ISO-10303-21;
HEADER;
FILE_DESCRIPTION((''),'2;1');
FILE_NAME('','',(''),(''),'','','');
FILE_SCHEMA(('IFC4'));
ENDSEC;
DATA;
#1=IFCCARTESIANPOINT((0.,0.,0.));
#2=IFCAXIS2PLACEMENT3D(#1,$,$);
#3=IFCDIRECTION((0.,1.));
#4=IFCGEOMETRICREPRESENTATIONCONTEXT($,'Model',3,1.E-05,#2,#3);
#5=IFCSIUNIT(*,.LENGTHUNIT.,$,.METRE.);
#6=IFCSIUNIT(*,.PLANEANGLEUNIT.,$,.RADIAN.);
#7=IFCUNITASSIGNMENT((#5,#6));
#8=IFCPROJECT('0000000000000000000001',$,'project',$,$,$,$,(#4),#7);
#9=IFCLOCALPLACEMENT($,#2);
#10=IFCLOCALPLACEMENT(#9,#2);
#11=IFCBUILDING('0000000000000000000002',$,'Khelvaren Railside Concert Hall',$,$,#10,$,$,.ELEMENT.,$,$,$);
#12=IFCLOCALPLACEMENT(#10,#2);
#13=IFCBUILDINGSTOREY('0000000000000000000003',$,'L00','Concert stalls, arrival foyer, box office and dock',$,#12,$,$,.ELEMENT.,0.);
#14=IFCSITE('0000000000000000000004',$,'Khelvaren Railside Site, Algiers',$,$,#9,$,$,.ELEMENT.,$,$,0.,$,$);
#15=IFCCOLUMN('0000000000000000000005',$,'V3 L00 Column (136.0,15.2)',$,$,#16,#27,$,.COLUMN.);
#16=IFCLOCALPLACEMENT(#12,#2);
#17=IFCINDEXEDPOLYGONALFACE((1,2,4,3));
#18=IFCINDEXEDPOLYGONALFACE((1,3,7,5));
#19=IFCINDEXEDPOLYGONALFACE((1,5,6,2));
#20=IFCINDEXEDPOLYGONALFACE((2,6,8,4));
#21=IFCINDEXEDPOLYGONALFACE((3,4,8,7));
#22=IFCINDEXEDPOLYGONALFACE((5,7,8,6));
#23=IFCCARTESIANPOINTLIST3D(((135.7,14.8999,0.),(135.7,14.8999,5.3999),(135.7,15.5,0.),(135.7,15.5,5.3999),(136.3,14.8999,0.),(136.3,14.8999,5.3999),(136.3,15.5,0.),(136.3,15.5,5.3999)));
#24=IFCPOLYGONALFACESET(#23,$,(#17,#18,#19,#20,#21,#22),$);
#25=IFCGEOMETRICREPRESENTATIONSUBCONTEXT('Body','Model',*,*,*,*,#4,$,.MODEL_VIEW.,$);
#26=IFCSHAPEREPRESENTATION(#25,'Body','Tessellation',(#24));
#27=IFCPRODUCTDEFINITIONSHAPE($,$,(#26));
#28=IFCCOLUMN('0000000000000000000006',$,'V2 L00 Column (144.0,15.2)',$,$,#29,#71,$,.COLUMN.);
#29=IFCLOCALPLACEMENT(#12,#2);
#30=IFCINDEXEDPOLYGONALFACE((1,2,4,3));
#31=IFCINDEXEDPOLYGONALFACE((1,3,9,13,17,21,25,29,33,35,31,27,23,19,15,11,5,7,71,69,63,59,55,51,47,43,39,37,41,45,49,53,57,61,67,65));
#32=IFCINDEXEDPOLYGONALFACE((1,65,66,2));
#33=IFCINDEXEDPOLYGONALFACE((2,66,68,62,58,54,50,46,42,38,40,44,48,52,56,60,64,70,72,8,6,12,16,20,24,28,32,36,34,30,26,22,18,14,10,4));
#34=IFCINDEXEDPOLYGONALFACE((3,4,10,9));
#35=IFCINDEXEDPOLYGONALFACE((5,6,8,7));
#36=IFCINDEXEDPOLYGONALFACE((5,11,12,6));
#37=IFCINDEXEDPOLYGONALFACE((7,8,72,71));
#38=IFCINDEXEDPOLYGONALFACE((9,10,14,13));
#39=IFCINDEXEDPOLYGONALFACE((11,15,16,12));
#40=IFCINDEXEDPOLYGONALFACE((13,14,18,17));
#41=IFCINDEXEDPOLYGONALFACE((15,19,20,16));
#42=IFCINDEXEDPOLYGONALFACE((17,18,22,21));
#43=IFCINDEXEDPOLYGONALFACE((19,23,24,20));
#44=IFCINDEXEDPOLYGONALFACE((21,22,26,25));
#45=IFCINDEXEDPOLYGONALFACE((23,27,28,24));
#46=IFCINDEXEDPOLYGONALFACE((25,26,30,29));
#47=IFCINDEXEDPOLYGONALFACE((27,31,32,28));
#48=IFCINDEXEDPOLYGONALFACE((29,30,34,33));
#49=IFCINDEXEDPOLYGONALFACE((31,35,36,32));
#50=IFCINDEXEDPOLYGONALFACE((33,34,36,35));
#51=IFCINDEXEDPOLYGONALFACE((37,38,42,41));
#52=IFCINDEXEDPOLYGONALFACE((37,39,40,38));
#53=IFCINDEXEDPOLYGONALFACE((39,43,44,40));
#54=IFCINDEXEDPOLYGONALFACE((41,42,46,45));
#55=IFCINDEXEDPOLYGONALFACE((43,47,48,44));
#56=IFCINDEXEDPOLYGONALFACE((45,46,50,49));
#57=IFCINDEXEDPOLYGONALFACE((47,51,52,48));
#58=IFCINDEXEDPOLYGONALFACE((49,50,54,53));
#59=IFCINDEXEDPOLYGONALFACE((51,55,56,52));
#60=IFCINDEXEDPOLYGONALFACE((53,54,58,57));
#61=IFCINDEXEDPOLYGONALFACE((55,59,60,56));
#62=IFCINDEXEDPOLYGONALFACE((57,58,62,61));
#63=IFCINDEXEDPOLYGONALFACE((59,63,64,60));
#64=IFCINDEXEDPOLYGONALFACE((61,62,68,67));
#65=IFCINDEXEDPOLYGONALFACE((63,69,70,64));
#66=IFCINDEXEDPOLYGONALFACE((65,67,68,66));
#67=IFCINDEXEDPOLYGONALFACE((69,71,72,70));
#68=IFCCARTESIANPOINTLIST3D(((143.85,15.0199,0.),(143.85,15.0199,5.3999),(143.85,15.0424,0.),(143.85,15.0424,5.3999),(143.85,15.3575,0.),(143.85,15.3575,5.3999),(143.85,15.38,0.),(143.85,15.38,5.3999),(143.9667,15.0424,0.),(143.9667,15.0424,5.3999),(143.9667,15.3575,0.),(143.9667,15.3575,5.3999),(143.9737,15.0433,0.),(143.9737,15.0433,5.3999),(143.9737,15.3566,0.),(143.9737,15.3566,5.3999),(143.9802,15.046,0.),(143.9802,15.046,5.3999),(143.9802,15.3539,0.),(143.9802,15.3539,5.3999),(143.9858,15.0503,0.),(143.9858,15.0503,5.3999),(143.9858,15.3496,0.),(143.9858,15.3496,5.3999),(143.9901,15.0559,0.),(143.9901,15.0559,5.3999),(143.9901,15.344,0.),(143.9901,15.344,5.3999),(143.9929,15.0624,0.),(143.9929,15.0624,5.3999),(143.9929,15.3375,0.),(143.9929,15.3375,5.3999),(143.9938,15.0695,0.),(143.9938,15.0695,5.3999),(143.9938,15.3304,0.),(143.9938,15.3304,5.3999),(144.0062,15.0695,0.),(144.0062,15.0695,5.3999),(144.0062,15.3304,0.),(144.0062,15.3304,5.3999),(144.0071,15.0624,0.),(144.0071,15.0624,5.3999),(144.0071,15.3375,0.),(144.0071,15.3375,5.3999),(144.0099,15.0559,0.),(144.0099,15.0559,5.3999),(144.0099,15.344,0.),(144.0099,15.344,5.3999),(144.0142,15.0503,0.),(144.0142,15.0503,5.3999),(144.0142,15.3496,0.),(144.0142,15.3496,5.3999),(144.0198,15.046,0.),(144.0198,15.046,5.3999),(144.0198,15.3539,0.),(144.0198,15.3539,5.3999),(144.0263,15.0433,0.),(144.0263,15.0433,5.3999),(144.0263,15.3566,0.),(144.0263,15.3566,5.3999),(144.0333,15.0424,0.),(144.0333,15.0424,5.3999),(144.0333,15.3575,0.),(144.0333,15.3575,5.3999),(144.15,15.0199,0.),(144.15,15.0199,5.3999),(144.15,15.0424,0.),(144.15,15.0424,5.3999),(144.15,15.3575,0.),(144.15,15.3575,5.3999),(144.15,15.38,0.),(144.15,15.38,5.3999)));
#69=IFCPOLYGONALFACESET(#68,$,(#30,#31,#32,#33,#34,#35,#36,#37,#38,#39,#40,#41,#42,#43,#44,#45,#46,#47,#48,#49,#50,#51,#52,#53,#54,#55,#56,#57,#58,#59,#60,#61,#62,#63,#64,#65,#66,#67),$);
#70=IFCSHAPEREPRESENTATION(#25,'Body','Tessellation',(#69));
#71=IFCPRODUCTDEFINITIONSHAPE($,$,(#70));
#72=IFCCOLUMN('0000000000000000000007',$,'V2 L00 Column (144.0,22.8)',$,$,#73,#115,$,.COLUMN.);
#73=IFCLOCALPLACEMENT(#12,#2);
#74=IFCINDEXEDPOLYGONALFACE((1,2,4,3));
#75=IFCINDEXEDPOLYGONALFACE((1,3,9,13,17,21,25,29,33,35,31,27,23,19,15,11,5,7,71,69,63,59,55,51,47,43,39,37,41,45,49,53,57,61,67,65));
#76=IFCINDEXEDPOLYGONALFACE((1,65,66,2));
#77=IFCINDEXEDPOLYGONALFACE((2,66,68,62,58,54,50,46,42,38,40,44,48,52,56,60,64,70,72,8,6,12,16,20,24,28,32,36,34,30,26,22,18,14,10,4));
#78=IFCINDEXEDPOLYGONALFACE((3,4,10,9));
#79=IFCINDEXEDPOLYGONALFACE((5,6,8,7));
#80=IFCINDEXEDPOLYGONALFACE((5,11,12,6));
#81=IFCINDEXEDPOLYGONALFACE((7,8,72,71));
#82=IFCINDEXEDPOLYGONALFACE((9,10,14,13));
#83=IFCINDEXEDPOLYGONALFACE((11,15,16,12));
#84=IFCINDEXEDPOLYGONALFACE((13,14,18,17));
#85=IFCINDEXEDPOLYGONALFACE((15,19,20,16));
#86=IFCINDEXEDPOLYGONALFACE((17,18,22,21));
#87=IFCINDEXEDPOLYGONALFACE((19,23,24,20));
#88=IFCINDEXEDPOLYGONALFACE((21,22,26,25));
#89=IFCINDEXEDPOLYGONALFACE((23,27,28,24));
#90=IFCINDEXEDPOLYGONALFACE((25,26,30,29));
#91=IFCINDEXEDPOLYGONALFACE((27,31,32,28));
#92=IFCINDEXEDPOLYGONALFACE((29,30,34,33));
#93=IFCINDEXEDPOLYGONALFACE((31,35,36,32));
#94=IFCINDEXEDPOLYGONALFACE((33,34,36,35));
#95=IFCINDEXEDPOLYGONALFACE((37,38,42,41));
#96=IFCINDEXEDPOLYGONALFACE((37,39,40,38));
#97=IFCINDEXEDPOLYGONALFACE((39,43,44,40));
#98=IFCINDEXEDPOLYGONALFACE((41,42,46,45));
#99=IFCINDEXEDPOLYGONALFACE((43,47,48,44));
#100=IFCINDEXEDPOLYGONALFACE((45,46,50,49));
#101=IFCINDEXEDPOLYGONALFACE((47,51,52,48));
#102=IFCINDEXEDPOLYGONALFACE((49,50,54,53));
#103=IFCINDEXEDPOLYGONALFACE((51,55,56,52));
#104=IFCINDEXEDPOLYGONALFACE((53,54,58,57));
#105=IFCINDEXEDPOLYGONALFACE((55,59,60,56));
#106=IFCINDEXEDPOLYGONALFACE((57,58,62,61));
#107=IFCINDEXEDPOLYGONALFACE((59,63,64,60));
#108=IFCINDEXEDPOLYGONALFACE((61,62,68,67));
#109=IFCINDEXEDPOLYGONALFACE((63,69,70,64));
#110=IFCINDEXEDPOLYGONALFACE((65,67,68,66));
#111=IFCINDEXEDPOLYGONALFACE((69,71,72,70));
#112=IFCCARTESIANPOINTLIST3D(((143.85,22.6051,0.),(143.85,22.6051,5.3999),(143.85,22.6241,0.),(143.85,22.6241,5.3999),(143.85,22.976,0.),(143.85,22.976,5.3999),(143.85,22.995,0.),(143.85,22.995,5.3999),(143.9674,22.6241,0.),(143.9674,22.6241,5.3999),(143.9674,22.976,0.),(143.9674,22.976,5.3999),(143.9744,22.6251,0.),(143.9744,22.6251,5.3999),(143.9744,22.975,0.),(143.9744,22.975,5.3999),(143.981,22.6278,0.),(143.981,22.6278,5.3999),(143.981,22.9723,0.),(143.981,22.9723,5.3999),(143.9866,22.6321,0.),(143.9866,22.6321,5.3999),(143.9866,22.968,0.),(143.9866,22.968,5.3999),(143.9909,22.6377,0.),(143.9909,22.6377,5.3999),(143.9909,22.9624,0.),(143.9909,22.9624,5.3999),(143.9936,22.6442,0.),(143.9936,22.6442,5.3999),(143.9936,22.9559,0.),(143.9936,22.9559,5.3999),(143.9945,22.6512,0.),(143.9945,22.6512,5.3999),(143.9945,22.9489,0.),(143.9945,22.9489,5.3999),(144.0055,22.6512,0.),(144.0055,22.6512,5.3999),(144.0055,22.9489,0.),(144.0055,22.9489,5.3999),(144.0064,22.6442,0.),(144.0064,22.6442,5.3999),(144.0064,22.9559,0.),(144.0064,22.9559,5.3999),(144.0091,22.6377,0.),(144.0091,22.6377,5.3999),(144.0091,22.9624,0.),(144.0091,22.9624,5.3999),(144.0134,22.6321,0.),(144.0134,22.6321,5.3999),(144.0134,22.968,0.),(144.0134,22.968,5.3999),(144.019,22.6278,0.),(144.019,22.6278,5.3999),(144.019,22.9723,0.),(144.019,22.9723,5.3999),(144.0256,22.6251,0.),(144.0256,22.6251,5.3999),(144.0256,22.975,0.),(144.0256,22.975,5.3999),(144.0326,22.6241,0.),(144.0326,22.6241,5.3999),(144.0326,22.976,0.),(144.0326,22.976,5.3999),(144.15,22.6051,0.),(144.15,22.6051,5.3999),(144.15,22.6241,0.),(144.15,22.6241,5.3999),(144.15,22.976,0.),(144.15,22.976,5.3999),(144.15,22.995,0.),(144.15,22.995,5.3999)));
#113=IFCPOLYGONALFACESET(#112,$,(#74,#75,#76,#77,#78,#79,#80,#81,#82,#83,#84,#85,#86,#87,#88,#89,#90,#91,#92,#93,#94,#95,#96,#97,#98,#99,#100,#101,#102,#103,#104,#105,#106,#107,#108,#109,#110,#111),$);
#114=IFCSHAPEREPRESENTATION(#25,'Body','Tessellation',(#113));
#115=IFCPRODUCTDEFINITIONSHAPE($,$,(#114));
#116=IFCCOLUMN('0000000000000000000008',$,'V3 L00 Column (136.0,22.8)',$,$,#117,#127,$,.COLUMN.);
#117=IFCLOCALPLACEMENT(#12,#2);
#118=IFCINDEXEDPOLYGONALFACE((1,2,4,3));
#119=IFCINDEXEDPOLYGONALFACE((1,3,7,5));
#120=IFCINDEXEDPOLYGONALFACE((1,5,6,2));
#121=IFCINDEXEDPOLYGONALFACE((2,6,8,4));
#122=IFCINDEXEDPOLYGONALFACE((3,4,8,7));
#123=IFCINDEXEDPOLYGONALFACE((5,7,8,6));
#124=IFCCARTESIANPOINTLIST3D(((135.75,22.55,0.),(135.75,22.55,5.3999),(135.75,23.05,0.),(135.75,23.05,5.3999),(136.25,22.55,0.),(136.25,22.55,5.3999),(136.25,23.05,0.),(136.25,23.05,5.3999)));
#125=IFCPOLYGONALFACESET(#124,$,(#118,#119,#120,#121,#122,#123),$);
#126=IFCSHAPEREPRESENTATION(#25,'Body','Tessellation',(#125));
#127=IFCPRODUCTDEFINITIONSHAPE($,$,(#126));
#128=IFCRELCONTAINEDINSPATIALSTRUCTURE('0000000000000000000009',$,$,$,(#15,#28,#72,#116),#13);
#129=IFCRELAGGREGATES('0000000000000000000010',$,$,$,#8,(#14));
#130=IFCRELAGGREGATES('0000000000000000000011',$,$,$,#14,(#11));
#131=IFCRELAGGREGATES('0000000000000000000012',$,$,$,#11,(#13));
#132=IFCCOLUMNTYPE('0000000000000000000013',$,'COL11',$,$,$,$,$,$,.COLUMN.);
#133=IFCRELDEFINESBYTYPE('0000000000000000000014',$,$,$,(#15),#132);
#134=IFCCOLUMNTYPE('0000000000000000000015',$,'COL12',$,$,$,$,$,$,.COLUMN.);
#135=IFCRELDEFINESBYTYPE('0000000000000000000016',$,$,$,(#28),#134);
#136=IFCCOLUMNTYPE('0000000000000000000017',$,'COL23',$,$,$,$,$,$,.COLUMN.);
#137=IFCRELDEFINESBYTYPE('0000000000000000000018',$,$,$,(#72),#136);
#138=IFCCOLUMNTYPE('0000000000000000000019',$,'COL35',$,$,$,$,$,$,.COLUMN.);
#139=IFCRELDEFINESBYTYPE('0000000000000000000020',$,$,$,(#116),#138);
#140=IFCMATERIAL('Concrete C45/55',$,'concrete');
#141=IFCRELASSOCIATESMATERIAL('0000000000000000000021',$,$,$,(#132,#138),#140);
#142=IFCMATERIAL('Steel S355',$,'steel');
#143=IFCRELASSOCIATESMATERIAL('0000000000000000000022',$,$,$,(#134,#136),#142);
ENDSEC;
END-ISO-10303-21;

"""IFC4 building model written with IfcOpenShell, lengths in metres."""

from ifc_helpers import new_model, si_unit, direction, frame, origin, origin_2d, place, context, subcontext, project, spatial, rectangle, i_section, extrude, material, material_profile, profile_set, type_object, element, save


model = new_model("IFC4")

# Units and contexts
model_context = context("Model", 3, precision=1e-05, world=origin(), true_north=direction((0.0, 1.0)))
body_context = subcontext(model_context, "Body", "Model", "MODEL_VIEW")
ifc_project = project(units=[si_unit("LENGTHUNIT", "METRE"), si_unit("PLANEANGLEUNIT", "RADIAN")], contexts=[model_context])

# Site, building, storey
site_placement = place(None, origin())
site = spatial("IfcSite", under=ifc_project, at=site_placement, Name="Khelvaren Railside Site, Algiers", CompositionType="ELEMENT", RefElevation=0.0)
building_placement = place(site_placement, origin())
building = spatial("IfcBuilding", under=site, at=building_placement, Name="Khelvaren Railside Concert Hall", CompositionType="ELEMENT")
storey_placement = place(building_placement, origin())
storey = spatial("IfcBuildingStorey", under=building, at=storey_placement, Name="L00", Description="Concert stalls, arrival foyer, box office and dock", CompositionType="ELEMENT", Elevation=0.0)

# Columns
ifc_material_1 = material(Name="Concrete C45/55", Category="concrete")
ifc_material_profile_1 = material_profile(ifc_material_1, rectangle(XDim=0.6001, YDim=0.6001, at=origin_2d()), Name="RC 600x600")
ifc_profile_set_1 = profile_set([ifc_material_profile_1], Name="Concrete C45/55")
column_type_1 = type_object("IfcColumnType", Name="COL11", PredefinedType="COLUMN", material=ifc_profile_set_1)
column_1_placement = place(storey_placement, frame((136.0, 15.2, 0.0), z_axis=(0.0, 0.0, 1.0), x_axis=(1.0, 0.0, 0.0)))
element("IfcColumn", 1, at=column_1_placement, inside=storey, type_object=column_type_1, Name="V3 L00 Column (136.0,15.2)", PredefinedType="COLUMN", context=body_context, shape_type="SweptSolid", body=[
    extrude(rectangle(XDim=0.6001, YDim=0.6001, at=origin_2d()), origin(), (0.0, 0.0, 1.0), 5.3999),
])
ifc_material_2 = material(Name="Steel S355", Category="steel")
ifc_material_profile_2 = material_profile(ifc_material_2, i_section(OverallWidth=0.3, OverallDepth=0.3601, WebThickness=0.0125, FlangeThickness=0.0225, FilletRadius=0.0271, at=origin_2d()), Name="HEB 360")
ifc_profile_set_2 = profile_set([ifc_material_profile_2], Name="Steel S355")
column_type_2 = type_object("IfcColumnType", Name="COL12", PredefinedType="COLUMN", material=ifc_profile_set_2)
column_2_placement = place(storey_placement, frame((144.0, 15.2, 0.0), z_axis=(0.0, 0.0, 1.0), x_axis=(1.0, 0.0, 0.0)))
element("IfcColumn", 2, at=column_2_placement, inside=storey, type_object=column_type_2, Name="V2 L00 Column (144.0,15.2)", PredefinedType="COLUMN", context=body_context, shape_type="SweptSolid", body=[
    extrude(i_section(OverallWidth=0.3, OverallDepth=0.3601, WebThickness=0.0125, FlangeThickness=0.0225, FilletRadius=0.0271, at=origin_2d()), origin(), (0.0, 0.0, 1.0), 5.3999),
])
ifc_material_profile_3 = material_profile(ifc_material_2, i_section(OverallWidth=0.3, OverallDepth=0.3899, WebThickness=0.011, FlangeThickness=0.019, FilletRadius=0.0271, at=origin_2d()), Name="HEA 400")
ifc_profile_set_3 = profile_set([ifc_material_profile_3], Name="Steel S355")
column_type_3 = type_object("IfcColumnType", Name="COL23", PredefinedType="COLUMN", material=ifc_profile_set_3)
column_3_placement = place(storey_placement, frame((144.0, 22.8, 0.0), z_axis=(0.0, 0.0, 1.0), x_axis=(1.0, 0.0, 0.0)))
element("IfcColumn", 3, at=column_3_placement, inside=storey, type_object=column_type_3, Name="V2 L00 Column (144.0,22.8)", PredefinedType="COLUMN", context=body_context, shape_type="SweptSolid", body=[
    extrude(i_section(OverallWidth=0.3, OverallDepth=0.3899, WebThickness=0.011, FlangeThickness=0.019, FilletRadius=0.0271, at=origin_2d()), origin(), (0.0, 0.0, 1.0), 5.3999),
])
ifc_material_profile_4 = material_profile(ifc_material_1, rectangle(XDim=0.5, YDim=0.5, at=origin_2d()), Name="RC 500x500")
ifc_profile_set_4 = profile_set([ifc_material_profile_4], Name="Concrete C45/55")
column_type_4 = type_object("IfcColumnType", Name="COL35", PredefinedType="COLUMN", material=ifc_profile_set_4)
column_4_placement = place(storey_placement, frame((136.0, 22.8, 0.0), z_axis=(0.0, 0.0, 1.0), x_axis=(1.0, 0.0, 0.0)))
element("IfcColumn", 4, at=column_4_placement, inside=storey, type_object=column_type_4, Name="V3 L00 Column (136.0,22.8)", PredefinedType="COLUMN", context=body_context, shape_type="SweptSolid", body=[
    extrude(rectangle(XDim=0.5, YDim=0.5, at=origin_2d()), origin(), (0.0, 0.0, 1.0), 5.3999),
])

save(model, "model.ifc")
